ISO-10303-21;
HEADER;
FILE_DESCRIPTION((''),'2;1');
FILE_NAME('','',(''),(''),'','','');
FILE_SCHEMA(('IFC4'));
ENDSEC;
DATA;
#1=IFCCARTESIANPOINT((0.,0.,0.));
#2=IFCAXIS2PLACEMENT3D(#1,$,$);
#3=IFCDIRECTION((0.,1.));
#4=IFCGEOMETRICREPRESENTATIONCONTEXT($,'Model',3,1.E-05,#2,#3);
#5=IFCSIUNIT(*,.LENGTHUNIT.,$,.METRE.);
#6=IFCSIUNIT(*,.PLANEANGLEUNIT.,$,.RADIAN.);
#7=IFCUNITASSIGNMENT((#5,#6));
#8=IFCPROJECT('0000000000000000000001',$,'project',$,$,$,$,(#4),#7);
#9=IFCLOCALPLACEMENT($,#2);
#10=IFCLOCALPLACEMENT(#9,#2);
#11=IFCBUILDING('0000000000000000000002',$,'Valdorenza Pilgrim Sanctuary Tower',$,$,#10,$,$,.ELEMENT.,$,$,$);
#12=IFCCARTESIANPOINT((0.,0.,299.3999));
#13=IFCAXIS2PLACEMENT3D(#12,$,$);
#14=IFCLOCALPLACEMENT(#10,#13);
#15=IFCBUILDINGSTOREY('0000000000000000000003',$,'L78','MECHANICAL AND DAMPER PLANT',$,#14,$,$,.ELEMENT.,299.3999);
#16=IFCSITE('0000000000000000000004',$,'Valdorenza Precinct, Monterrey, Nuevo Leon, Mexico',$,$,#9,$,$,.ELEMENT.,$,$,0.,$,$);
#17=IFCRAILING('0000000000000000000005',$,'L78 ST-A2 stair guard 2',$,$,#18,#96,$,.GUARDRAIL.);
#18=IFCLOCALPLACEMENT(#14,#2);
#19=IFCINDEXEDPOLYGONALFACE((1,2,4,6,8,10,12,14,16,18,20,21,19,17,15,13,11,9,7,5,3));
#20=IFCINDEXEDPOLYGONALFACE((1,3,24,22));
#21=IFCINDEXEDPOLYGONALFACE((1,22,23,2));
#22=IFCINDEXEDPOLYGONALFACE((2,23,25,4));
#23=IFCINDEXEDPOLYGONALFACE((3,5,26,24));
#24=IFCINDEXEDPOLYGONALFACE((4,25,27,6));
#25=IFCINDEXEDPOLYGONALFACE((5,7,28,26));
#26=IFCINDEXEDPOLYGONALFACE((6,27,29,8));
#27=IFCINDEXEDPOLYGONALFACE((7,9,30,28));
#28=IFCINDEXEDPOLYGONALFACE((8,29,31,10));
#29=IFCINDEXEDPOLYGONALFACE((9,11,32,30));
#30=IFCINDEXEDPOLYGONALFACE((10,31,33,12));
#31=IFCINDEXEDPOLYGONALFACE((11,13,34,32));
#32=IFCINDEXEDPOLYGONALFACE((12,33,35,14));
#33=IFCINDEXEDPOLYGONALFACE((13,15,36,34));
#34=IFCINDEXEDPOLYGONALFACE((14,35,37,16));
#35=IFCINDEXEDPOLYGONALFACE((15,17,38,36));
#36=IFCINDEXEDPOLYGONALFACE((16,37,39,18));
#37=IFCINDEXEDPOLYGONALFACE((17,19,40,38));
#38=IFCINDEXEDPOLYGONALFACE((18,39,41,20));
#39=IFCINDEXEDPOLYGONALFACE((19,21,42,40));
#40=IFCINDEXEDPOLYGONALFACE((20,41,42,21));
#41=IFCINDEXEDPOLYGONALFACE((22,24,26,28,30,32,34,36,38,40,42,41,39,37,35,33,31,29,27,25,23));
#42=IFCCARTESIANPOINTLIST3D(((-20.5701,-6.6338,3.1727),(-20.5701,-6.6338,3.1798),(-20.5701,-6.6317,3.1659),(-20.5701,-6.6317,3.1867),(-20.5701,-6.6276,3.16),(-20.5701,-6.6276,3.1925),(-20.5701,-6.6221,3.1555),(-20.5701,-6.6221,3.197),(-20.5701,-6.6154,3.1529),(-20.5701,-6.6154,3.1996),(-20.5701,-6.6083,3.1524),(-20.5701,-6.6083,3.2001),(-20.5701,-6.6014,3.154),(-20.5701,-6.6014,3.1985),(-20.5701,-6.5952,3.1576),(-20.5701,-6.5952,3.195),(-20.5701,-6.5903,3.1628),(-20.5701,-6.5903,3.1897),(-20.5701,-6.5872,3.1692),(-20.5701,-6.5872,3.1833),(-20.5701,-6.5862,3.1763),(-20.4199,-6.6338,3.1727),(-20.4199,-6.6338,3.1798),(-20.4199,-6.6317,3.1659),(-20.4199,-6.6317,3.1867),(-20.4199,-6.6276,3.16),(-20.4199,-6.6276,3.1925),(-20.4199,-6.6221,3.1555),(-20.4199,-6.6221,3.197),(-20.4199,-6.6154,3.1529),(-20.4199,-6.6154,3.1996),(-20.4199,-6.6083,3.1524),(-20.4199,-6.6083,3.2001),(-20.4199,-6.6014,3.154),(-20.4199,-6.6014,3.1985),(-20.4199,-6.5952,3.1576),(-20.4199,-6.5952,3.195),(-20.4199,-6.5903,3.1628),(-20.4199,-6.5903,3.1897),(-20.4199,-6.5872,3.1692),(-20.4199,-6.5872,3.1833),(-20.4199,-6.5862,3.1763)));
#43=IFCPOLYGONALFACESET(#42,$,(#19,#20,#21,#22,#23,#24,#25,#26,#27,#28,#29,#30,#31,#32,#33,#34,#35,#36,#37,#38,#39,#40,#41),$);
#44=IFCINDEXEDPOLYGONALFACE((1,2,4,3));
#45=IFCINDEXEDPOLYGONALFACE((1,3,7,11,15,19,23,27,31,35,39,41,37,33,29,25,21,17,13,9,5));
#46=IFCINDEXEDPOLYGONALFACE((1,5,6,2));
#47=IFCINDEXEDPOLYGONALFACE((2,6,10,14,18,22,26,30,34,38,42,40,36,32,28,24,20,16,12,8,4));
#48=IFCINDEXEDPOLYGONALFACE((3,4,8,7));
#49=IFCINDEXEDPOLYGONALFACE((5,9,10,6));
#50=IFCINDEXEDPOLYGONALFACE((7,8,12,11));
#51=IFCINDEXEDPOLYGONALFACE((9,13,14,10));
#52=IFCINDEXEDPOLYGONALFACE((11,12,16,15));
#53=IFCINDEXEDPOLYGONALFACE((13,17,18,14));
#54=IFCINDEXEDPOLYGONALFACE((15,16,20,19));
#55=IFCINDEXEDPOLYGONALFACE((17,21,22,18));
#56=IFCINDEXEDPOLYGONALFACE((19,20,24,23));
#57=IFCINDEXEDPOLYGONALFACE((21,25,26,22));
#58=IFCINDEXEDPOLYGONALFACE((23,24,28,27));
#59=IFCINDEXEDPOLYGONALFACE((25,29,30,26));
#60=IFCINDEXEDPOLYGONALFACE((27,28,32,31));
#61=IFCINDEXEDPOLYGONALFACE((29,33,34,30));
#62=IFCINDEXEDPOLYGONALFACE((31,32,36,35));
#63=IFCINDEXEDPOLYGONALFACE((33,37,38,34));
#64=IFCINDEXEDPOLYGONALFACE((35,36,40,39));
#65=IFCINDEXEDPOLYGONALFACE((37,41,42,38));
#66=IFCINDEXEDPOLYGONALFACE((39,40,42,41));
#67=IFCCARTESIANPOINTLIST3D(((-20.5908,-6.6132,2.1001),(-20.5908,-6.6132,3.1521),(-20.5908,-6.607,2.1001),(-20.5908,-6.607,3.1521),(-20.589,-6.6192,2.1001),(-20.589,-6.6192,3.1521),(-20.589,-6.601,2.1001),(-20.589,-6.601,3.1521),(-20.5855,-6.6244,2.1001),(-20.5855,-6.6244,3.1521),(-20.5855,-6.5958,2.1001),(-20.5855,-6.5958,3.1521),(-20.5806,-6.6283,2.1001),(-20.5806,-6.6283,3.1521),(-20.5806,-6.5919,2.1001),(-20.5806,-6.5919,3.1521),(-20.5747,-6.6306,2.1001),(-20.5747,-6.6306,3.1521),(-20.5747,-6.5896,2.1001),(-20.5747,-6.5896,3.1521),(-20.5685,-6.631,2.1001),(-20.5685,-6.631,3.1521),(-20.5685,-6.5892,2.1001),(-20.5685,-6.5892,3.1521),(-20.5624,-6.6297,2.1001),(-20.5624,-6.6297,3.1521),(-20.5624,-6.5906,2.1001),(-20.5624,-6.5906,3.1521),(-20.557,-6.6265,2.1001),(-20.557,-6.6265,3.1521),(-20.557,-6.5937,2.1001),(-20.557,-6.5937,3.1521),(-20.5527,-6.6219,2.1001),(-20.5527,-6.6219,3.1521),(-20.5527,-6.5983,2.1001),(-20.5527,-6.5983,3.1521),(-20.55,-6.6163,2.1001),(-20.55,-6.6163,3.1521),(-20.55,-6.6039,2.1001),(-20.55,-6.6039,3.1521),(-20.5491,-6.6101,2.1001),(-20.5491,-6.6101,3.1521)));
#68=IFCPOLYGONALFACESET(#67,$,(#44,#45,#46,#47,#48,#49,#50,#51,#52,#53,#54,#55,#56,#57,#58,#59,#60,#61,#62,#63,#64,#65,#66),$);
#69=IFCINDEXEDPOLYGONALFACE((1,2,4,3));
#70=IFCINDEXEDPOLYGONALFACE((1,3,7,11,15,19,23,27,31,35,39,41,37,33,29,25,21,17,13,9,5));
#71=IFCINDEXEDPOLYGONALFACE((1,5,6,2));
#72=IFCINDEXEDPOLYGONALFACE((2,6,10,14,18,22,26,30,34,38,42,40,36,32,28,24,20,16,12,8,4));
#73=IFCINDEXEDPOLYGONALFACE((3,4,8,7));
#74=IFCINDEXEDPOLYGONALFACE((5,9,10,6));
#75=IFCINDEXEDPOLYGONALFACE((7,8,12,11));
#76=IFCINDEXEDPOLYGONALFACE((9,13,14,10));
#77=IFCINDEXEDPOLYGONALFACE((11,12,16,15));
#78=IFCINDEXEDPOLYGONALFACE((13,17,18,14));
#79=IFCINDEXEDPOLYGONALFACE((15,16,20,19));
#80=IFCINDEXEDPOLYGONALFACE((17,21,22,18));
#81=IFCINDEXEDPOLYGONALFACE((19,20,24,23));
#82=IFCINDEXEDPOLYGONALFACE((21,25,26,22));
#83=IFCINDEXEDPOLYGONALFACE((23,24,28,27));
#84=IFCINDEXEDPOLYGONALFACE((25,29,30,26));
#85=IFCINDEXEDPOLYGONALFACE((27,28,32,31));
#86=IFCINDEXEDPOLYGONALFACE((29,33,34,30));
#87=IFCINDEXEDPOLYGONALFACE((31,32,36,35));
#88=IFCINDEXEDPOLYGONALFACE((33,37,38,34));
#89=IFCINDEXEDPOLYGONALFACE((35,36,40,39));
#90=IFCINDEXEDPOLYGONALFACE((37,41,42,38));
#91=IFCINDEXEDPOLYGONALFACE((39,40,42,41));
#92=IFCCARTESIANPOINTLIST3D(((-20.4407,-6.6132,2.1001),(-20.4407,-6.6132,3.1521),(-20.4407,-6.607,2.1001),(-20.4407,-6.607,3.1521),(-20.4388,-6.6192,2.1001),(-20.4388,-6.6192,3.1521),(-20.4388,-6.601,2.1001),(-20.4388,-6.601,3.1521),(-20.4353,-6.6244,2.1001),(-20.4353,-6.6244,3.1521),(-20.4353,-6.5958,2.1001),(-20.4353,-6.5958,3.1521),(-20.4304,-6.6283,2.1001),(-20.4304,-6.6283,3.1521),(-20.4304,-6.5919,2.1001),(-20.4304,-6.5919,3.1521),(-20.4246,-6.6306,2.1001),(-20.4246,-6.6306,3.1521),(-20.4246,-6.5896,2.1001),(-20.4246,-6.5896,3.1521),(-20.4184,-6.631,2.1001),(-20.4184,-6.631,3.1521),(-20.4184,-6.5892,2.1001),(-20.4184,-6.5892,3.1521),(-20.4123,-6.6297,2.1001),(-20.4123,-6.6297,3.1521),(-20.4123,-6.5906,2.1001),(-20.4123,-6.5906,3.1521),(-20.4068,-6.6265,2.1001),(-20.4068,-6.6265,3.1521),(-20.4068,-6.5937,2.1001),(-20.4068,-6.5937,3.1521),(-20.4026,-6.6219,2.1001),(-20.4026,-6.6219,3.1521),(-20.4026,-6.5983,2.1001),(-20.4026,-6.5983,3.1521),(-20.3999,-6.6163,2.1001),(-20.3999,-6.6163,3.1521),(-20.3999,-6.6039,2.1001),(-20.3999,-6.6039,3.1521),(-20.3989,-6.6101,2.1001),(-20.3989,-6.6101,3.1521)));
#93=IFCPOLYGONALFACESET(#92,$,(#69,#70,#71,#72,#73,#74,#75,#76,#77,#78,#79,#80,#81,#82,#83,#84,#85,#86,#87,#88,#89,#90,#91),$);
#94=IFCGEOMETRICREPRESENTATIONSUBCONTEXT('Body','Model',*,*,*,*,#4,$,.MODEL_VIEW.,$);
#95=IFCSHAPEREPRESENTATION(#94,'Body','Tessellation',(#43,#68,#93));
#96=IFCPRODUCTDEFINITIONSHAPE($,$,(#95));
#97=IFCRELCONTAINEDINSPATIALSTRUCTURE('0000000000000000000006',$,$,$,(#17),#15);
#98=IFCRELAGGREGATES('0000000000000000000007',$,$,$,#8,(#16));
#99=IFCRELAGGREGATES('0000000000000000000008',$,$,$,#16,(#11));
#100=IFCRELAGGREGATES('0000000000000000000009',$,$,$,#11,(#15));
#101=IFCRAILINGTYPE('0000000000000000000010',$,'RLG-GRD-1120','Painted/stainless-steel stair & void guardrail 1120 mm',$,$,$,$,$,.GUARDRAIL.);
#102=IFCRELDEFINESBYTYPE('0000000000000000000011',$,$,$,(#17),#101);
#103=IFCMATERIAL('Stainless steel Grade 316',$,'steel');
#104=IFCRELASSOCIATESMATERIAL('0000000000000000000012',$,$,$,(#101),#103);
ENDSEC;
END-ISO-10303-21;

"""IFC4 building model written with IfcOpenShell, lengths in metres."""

from ifc_helpers import new_model, si_unit, direction, frame, origin, origin_2d, place, context, subcontext, project, spatial, circle, extrude, material, type_object, element, save


model = new_model("IFC4")

# Units and contexts
model_context = context("Model", 3, precision=1e-05, world=origin(), true_north=direction((0.0, 1.0)))
body_context = subcontext(model_context, "Body", "Model", "MODEL_VIEW")
ifc_project = project(units=[si_unit("LENGTHUNIT", "METRE"), si_unit("PLANEANGLEUNIT", "RADIAN")], contexts=[model_context])

# Site, building, storey
site_placement = place(None, origin())
site = spatial("IfcSite", under=ifc_project, at=site_placement, Name="Valdorenza Precinct, Monterrey, Nuevo Leon, Mexico", CompositionType="ELEMENT", RefElevation=0.0)
building_placement = place(site_placement, origin())
building = spatial("IfcBuilding", under=site, at=building_placement, Name="Valdorenza Pilgrim Sanctuary Tower", CompositionType="ELEMENT")
storey_placement = place(building_placement, frame((0.0, 0.0, 299.3999)))
storey = spatial("IfcBuildingStorey", under=building, at=storey_placement, Name="L78", Description="MECHANICAL AND DAMPER PLANT", CompositionType="ELEMENT", Elevation=299.3999)

# Railing
ifc_material_1 = material(Name="Stainless steel Grade 316", Category="steel")
railing_type_1 = type_object("IfcRailingType", Name="RLG-GRD-1120", Description="Painted/stainless-steel stair & void guardrail 1120 mm", PredefinedType="GUARDRAIL", material=ifc_material_1)
railing_1_placement = place(storey_placement, frame((-20.5701, -6.6101, 2.1001)))
element("IfcRailing", 1, at=railing_1_placement, inside=storey, type_object=railing_type_1, Name="L78 ST-A2 stair guard 2", PredefinedType="GUARDRAIL", context=body_context, shape_type="SweptSolid", body=[
    extrude(circle(Radius=0.0239, at=origin_2d()), frame((0.0, 0.0, 1.0762), z_axis=(1.0, 0.0, 0.0), x_axis=(0.0, 1.0, 0.0)), (0.0, 0.0, 1.0), 0.1501),
    extrude(circle(Radius=0.021, at=origin_2d()), origin(), (0.0, 0.0, 1.0), 1.052),
    extrude(circle(Radius=0.021, at=origin_2d()), frame((0.1501, 0.0, 0.0)), (0.0, 0.0, 1.0), 1.052),
])

save(model, "model.ifc")
